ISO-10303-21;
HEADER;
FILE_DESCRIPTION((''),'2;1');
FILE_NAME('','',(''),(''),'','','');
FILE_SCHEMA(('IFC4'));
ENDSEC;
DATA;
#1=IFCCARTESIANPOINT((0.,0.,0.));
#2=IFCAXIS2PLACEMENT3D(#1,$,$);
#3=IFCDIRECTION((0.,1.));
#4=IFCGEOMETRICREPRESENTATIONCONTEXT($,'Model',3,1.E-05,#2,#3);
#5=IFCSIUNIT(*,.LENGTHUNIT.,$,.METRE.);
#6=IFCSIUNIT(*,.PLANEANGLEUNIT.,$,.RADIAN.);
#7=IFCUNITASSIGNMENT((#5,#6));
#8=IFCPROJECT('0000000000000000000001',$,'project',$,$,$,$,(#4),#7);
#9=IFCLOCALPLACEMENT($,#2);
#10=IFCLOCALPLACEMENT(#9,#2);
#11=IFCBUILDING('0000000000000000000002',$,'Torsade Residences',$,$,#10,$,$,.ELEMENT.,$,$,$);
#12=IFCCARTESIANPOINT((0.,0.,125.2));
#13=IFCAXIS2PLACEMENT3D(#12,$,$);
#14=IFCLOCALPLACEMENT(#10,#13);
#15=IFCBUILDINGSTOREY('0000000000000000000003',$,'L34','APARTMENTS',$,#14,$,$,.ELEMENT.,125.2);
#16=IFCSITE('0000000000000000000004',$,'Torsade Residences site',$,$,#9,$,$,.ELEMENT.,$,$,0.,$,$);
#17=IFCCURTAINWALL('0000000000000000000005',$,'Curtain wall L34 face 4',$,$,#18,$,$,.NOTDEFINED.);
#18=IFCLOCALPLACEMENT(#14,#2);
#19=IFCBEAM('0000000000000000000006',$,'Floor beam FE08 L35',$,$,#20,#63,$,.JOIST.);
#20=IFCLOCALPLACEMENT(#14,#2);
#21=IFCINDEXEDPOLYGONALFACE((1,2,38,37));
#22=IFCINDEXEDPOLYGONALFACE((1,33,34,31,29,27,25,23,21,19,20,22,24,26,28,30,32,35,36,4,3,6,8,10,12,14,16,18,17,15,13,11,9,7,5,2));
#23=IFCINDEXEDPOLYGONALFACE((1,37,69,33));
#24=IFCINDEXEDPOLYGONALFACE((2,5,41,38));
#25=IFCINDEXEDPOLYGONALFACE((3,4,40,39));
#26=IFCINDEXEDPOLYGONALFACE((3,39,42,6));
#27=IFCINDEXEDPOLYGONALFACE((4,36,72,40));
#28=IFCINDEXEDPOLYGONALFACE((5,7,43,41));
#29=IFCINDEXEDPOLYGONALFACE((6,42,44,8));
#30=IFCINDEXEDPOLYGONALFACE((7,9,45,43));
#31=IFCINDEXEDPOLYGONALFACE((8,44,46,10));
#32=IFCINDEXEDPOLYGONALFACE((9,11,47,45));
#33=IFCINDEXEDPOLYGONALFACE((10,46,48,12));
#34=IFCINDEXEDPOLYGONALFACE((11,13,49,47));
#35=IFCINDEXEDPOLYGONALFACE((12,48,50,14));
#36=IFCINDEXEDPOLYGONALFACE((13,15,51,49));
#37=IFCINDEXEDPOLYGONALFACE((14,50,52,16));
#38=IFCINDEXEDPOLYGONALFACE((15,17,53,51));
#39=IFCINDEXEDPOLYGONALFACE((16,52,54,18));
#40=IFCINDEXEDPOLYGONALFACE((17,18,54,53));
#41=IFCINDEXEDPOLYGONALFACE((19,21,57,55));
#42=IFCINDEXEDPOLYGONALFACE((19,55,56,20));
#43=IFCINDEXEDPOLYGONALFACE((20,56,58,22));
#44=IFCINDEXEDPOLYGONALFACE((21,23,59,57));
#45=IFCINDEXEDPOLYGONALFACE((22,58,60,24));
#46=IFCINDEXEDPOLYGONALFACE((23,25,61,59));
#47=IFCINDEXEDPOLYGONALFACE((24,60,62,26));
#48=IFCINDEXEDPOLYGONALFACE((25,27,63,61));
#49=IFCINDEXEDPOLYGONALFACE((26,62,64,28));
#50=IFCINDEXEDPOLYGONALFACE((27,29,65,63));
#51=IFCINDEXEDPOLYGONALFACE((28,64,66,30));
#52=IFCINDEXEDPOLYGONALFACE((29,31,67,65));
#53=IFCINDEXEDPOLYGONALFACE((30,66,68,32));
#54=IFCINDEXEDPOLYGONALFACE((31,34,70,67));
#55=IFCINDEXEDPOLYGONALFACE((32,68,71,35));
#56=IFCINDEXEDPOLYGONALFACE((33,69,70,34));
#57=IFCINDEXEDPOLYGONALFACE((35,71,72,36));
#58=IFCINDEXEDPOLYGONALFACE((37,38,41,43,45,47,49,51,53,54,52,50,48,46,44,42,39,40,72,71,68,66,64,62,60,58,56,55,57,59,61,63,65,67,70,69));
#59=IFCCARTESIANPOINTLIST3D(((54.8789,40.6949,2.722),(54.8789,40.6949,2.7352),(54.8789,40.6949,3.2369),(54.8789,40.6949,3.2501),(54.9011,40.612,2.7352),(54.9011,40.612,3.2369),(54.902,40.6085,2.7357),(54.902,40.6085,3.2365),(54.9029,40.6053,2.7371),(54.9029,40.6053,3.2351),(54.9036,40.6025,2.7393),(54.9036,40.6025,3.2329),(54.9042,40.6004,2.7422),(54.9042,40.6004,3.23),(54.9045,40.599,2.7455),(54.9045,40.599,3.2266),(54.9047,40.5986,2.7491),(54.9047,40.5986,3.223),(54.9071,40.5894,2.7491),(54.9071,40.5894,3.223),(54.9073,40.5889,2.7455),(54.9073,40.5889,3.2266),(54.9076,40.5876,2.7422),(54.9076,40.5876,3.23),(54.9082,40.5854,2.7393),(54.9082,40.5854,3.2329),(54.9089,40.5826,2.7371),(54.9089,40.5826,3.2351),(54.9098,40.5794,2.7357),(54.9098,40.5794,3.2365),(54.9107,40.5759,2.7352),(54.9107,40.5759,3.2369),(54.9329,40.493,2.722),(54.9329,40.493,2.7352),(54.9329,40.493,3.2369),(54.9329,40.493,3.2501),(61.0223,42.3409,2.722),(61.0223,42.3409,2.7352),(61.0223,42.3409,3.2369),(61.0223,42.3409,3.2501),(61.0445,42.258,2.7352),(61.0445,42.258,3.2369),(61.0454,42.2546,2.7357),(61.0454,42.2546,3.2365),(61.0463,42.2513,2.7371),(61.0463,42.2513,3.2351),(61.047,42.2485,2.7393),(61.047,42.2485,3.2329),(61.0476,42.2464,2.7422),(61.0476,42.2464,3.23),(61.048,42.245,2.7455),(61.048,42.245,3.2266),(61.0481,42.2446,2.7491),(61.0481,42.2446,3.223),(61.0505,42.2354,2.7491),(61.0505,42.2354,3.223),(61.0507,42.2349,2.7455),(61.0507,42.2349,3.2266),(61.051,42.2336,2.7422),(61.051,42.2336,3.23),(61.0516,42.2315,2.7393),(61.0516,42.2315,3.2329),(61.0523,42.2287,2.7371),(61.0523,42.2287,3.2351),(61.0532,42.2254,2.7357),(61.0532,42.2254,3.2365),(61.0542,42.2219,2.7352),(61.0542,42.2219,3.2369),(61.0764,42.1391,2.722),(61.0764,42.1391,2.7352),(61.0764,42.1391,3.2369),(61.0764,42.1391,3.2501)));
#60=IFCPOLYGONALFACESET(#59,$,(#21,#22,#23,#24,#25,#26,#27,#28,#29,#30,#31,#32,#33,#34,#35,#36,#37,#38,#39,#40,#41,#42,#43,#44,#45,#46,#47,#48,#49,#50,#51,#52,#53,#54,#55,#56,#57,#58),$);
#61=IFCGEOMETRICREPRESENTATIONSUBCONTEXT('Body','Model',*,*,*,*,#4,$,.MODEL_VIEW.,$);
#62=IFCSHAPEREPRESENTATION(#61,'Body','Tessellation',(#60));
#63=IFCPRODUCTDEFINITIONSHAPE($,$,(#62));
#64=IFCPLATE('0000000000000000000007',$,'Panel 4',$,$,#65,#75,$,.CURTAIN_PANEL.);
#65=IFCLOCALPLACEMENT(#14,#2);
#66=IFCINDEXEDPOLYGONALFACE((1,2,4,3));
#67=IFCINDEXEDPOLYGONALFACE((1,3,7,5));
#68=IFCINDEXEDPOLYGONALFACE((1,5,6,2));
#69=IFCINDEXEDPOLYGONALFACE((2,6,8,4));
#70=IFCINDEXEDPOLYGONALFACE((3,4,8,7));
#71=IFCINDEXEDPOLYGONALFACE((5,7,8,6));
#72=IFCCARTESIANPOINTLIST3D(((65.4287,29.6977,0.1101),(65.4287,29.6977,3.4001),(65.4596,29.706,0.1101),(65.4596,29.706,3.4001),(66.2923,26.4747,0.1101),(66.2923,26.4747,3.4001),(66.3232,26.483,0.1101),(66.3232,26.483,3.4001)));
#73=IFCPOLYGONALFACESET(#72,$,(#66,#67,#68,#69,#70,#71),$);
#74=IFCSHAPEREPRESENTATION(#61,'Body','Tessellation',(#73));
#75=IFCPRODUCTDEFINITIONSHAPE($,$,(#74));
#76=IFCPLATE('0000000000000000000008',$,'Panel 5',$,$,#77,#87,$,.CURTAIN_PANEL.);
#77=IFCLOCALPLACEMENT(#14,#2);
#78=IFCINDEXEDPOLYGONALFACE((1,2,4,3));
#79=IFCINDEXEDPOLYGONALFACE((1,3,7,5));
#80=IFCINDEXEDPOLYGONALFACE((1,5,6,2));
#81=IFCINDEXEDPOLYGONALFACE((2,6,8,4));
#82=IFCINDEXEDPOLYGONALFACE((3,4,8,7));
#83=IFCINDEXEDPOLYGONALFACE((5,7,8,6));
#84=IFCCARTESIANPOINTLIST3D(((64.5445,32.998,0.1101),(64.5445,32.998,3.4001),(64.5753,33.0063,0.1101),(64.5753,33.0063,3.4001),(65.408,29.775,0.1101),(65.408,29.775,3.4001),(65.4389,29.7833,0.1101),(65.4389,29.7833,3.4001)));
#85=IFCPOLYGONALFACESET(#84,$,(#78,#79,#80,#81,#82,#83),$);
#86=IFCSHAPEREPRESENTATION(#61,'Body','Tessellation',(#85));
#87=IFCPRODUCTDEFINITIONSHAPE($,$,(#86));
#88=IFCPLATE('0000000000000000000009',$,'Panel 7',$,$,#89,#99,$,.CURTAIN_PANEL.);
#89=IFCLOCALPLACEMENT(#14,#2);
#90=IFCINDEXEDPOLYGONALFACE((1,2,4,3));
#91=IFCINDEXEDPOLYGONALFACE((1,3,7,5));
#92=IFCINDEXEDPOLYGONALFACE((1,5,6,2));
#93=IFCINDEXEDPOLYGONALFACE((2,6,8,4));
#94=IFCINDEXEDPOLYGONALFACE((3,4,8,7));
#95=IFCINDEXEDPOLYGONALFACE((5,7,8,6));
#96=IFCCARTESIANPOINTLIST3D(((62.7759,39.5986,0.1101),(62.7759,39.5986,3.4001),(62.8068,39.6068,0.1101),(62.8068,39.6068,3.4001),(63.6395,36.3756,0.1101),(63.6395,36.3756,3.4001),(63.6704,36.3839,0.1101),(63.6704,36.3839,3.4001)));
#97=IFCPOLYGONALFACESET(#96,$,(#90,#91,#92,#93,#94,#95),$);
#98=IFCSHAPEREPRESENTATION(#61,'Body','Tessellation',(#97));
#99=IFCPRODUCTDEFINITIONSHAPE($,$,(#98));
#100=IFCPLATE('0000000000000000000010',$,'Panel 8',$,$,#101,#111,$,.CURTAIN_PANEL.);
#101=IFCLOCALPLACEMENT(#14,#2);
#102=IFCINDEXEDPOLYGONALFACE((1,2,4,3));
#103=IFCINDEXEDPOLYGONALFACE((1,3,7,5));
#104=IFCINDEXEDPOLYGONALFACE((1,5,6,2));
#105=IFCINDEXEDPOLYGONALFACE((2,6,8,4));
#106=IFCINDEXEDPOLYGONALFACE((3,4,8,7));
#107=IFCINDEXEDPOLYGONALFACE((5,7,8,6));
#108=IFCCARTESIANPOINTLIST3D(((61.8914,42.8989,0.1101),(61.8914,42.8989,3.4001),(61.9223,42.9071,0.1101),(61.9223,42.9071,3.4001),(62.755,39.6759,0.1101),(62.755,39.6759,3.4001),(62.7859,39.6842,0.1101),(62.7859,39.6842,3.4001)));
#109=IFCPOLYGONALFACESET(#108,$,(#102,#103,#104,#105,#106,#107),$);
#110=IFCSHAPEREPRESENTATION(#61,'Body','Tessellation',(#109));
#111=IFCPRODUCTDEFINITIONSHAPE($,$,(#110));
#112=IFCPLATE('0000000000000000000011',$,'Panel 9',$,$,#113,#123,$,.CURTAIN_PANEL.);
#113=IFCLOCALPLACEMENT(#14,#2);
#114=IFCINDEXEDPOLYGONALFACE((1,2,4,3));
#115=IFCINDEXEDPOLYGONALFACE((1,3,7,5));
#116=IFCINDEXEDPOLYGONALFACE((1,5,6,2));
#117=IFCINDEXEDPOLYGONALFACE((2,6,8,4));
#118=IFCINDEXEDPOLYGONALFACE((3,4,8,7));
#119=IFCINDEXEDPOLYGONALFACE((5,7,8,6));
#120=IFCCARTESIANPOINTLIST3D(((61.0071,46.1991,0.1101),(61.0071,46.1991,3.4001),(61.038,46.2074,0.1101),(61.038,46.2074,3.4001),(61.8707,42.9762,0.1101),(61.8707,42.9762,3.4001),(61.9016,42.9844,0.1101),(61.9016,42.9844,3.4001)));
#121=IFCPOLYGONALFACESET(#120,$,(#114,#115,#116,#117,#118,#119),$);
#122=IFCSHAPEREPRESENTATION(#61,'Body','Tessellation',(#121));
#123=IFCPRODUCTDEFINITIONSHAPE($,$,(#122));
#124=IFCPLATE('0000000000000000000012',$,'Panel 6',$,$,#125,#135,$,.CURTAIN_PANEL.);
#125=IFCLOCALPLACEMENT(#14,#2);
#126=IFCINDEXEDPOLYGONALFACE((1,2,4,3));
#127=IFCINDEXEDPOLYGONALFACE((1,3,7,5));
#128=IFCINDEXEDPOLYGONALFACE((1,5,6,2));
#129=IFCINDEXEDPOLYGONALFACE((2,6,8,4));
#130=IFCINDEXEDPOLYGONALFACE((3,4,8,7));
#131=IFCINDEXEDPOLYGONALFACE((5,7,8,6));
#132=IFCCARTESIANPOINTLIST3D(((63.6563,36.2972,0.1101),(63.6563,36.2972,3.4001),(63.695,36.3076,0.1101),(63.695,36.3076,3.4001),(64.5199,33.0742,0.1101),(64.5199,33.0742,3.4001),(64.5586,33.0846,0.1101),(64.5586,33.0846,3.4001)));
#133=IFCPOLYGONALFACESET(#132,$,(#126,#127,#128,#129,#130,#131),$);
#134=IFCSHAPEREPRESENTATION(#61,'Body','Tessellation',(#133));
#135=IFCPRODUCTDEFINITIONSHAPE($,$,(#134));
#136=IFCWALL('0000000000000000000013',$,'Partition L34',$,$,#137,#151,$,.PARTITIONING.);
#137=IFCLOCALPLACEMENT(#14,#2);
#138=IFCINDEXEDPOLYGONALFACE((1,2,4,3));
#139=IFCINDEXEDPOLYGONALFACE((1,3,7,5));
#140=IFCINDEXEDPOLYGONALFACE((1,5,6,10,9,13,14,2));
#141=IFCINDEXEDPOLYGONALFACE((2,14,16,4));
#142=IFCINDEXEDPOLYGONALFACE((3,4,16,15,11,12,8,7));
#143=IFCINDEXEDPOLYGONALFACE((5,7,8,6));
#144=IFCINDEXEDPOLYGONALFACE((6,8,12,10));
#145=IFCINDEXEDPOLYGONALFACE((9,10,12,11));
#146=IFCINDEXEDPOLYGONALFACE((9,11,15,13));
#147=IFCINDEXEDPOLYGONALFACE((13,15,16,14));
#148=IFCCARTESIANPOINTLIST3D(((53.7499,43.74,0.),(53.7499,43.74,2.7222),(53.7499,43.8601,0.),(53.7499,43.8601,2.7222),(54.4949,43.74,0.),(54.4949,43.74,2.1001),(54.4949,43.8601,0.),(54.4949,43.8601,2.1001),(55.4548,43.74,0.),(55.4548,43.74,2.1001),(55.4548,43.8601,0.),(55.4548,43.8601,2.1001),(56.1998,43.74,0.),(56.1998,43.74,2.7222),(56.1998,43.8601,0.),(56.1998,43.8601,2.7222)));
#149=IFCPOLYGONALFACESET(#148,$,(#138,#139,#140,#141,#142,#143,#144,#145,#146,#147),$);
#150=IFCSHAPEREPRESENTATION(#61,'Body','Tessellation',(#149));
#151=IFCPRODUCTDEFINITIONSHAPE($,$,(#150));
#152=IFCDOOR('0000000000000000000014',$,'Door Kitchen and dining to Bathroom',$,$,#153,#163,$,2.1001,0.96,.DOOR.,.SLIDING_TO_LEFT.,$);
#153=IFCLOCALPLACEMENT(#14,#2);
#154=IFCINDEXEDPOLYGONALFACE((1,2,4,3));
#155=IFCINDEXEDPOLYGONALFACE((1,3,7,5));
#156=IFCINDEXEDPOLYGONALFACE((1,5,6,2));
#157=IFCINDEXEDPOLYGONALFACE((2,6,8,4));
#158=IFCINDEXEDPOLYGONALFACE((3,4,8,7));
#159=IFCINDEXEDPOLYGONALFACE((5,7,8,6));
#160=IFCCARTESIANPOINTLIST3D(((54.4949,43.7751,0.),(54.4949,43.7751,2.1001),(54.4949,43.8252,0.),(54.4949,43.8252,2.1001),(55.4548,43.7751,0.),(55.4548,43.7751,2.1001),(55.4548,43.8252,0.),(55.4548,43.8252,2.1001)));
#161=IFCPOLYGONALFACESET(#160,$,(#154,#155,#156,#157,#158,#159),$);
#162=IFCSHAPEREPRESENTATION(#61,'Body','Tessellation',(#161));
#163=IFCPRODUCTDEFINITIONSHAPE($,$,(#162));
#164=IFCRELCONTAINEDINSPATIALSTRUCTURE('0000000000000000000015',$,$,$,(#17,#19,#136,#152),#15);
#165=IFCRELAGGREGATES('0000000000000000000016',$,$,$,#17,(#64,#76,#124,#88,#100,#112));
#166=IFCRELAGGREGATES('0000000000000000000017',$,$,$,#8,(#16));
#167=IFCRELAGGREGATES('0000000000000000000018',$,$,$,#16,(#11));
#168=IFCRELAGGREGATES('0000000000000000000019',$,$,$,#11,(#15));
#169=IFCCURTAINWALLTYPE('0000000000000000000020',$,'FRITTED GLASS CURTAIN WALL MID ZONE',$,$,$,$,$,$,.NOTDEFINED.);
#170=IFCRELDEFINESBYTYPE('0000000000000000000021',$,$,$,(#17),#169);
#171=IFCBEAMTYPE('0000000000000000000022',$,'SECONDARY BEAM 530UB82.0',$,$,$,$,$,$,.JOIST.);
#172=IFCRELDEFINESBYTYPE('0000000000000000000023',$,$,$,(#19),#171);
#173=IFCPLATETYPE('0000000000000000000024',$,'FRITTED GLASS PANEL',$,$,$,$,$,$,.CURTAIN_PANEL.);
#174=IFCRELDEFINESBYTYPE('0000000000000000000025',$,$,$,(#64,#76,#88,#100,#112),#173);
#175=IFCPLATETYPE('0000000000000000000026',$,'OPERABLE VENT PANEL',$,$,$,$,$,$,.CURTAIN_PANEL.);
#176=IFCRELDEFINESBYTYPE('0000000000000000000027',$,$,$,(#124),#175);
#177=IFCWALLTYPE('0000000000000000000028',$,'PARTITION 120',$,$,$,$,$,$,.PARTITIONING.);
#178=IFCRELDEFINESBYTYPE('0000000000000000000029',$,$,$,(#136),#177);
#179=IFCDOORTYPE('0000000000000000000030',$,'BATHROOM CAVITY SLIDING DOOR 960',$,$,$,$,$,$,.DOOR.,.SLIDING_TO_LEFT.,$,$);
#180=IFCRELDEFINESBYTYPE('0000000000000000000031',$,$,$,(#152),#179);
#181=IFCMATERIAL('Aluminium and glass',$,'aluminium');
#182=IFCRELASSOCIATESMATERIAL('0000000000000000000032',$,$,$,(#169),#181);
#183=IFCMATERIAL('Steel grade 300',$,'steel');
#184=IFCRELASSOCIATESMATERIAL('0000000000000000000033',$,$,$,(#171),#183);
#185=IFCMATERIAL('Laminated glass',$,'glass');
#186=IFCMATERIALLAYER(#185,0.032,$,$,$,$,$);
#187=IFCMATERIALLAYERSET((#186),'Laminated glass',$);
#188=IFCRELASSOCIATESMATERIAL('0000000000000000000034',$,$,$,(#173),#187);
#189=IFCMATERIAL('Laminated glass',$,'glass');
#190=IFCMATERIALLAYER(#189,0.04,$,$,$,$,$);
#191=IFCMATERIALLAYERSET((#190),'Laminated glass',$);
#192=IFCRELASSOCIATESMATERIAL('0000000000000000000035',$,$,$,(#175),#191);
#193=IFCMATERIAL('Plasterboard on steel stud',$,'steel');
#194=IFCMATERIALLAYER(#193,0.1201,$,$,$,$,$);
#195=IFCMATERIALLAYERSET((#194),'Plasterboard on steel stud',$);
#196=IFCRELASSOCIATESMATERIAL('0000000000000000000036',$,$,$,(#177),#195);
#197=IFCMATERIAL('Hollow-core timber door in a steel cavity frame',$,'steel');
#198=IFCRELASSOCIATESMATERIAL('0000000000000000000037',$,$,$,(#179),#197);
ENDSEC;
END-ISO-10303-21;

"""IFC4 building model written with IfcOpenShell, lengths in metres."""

from ifc_helpers import new_model, si_unit, direction, frame, frame_2d, origin, origin_2d, place, context, subcontext, project, spatial, rectangle, i_section, extrude, material, layer, layer_set, material_profile, profile_set, type_object, element, fill, aggregate, save


model = new_model("IFC4")

# Units and contexts
model_context = context("Model", 3, precision=1e-05, world=origin(), true_north=direction((0.0, 1.0)))
body_context = subcontext(model_context, "Body", "Model", "MODEL_VIEW")
ifc_project = project(units=[si_unit("LENGTHUNIT", "METRE"), si_unit("PLANEANGLEUNIT", "RADIAN")], contexts=[model_context])

# Site, building, storey
site_placement = place(None, origin())
site = spatial("IfcSite", under=ifc_project, at=site_placement, Name="Torsade Residences site", CompositionType="ELEMENT", RefElevation=0.0)
building_placement = place(site_placement, origin())
building = spatial("IfcBuilding", under=site, at=building_placement, Name="Torsade Residences", CompositionType="ELEMENT")
storey_placement = place(building_placement, frame((0.0, 0.0, 125.2)))
storey = spatial("IfcBuildingStorey", under=building, at=storey_placement, Name="L34", Description="APARTMENTS", CompositionType="ELEMENT", Elevation=125.2)

# Curtain wall
ifc_material_1 = material(Name="Aluminium and glass", Category="aluminium")
curtain_wall_type = type_object("IfcCurtainWallType", Name="FRITTED GLASS CURTAIN WALL MID ZONE", PredefinedType="NOTDEFINED", material=ifc_material_1)
curtain_wall_placement = place(storey_placement, origin())
curtain_wall = element("IfcCurtainWall", 1, at=curtain_wall_placement, inside=storey, type_object=curtain_wall_type, Name="Curtain wall L34 face 4", PredefinedType="NOTDEFINED")

# Beam
ifc_material_2 = material(Name="Steel grade 300", Category="steel")
ifc_material_profile_1 = material_profile(ifc_material_2, i_section(OverallWidth=0.209, OverallDepth=0.5281, WebThickness=0.0095, FlangeThickness=0.0132, FilletRadius=0.0139, at=origin_2d()), Name="530UB82.0")
ifc_profile_set_1 = profile_set([ifc_material_profile_1], Name="Steel grade 300")
beam_type_1 = type_object("IfcBeamType", Name="SECONDARY BEAM 530UB82.0", PredefinedType="JOIST", material=ifc_profile_set_1)
beam_1_placement = place(storey_placement, frame((61.0493, 42.24, 2.9861), z_axis=(-0.96593, -0.258805, 0.0), x_axis=(0.258805, -0.96593, 0.0)))
element("IfcBeam", 2, at=beam_1_placement, inside=storey, type_object=beam_type_1, Name="Floor beam FE08 L35", PredefinedType="JOIST", context=body_context, shape_type="SweptSolid", body=[
    extrude(i_section(OverallWidth=0.209, OverallDepth=0.5281, WebThickness=0.0095, FlangeThickness=0.0132, FilletRadius=0.0139, at=origin_2d()), origin(), (0.0, 0.0, 1.0), 6.3601),
])

# Plates
ifc_material_3 = material(Name="Laminated glass", Category="glass")
ifc_layer_1 = layer(ifc_material_3, 0.032)
ifc_layer_set_1 = layer_set([ifc_layer_1], Name="Laminated glass")
plate_type_1 = type_object("IfcPlateType", Name="FRITTED GLASS PANEL", PredefinedType="CURTAIN_PANEL", material=ifc_layer_set_1)
plate_1_placement = place(storey_placement, frame((65.876, 28.0903, 0.1101), z_axis=(0.0, 0.0, 1.0), x_axis=(-0.258819, 0.965926, 0.0)))
plate_1 = element("IfcPlate", 3, at=plate_1_placement, type_object=plate_type_1, Name="Panel 4", PredefinedType="CURTAIN_PANEL", context=body_context, shape_type="SweptSolid", body=[
    extrude(rectangle(XDim=3.3367, YDim=0.032, at=origin_2d()), origin(), (0.0, 0.0, 1.0), 3.29),
])
plate_2_placement = place(storey_placement, frame((64.9917, 31.3906, 0.1101), z_axis=(0.0, 0.0, 1.0), x_axis=(-0.258819, 0.965926, 0.0)))
plate_2 = element("IfcPlate", 4, at=plate_2_placement, type_object=plate_type_1, Name="Panel 5", PredefinedType="CURTAIN_PANEL", context=body_context, shape_type="SweptSolid", body=[
    extrude(rectangle(XDim=3.3367, YDim=0.032, at=origin_2d()), origin(), (0.0, 0.0, 1.0), 3.29),
])
plate_3_placement = place(storey_placement, frame((63.2231, 37.9912, 0.1101), z_axis=(0.0, 0.0, 1.0), x_axis=(-0.258819, 0.965926, 0.0)))
plate_3 = element("IfcPlate", 5, at=plate_3_placement, type_object=plate_type_1, Name="Panel 7", PredefinedType="CURTAIN_PANEL", context=body_context, shape_type="SweptSolid", body=[
    extrude(rectangle(XDim=3.3367, YDim=0.032, at=origin_2d()), origin(), (0.0, 0.0, 1.0), 3.29),
])
plate_4_placement = place(storey_placement, frame((62.3386, 41.2915, 0.1101), z_axis=(0.0, 0.0, 1.0), x_axis=(-0.258819, 0.965926, 0.0)))
plate_4 = element("IfcPlate", 6, at=plate_4_placement, type_object=plate_type_1, Name="Panel 8", PredefinedType="CURTAIN_PANEL", context=body_context, shape_type="SweptSolid", body=[
    extrude(rectangle(XDim=3.3367, YDim=0.032, at=origin_2d()), origin(), (0.0, 0.0, 1.0), 3.29),
])
plate_5_placement = place(storey_placement, frame((61.4543, 44.5918, 0.1101), z_axis=(0.0, 0.0, 1.0), x_axis=(-0.258819, 0.965926, 0.0)))
plate_5 = element("IfcPlate", 7, at=plate_5_placement, type_object=plate_type_1, Name="Panel 9", PredefinedType="CURTAIN_PANEL", context=body_context, shape_type="SweptSolid", body=[
    extrude(rectangle(XDim=3.3367, YDim=0.032, at=origin_2d()), origin(), (0.0, 0.0, 1.0), 3.29),
])
ifc_material_4 = material(Name="Laminated glass", Category="glass")
ifc_layer_2 = layer(ifc_material_4, 0.04)
ifc_layer_set_2 = layer_set([ifc_layer_2], Name="Laminated glass")
plate_type_2 = type_object("IfcPlateType", Name="OPERABLE VENT PANEL", PredefinedType="CURTAIN_PANEL", material=ifc_layer_set_2)
plate_6_placement = place(storey_placement, frame((64.1074, 34.6909, 0.1101), z_axis=(0.0, 0.0, 1.0), x_axis=(-0.258819, 0.965926, 0.0)))
plate_6 = element("IfcPlate", 8, at=plate_6_placement, type_object=plate_type_2, Name="Panel 6", PredefinedType="CURTAIN_PANEL", context=body_context, shape_type="SweptSolid", body=[
    extrude(rectangle(XDim=3.3367, YDim=0.04, at=origin_2d()), origin(), (0.0, 0.0, 1.0), 3.29),
])
aggregate(curtain_wall, [plate_1, plate_2, plate_6, plate_3, plate_4, plate_5])

# Wall, opening, door
ifc_material_5 = material(Name="Plasterboard on steel stud", Category="steel")
ifc_layer_3 = layer(ifc_material_5, 0.1201)
ifc_layer_set_3 = layer_set([ifc_layer_3], Name="Plasterboard on steel stud")
wall_type_1 = type_object("IfcWallType", Name="PARTITION 120", PredefinedType="PARTITIONING", material=ifc_layer_set_3)
wall_1_placement = place(storey_placement, frame((56.2, 43.8, 0.0), z_axis=(0.0, 0.0, 1.0), x_axis=(-1.0, 0.0, 0.0)))
wall_1 = element("IfcWall", 9, at=wall_1_placement, inside=storey, type_object=wall_type_1, Name="Partition L34", PredefinedType="PARTITIONING", context=body_context, shape_type="SweptSolid", body=[
    extrude(rectangle(XDim=2.45, YDim=0.1201, at=frame_2d((1.2251, 0.0))), origin(), (0.0, 0.0, 1.0), 2.7222),
])
opening_1_placement = place(wall_1_placement, frame((0.7451, 0.0, 0.0)))
opening_1 = element("IfcOpeningElement", 10, at=opening_1_placement, cuts=wall_1, PredefinedType="OPENING", context=body_context, shape_type="SweptSolid", body=[
    extrude(rectangle(XDim=0.96, YDim=2.1001, at=frame_2d((0.48, 1.05))), frame((0.0, 0.0701, 0.0), z_axis=(0.0, -1.0, 0.0), x_axis=(1.0, 0.0, 0.0)), (0.0, 0.0, 1.0), 0.1401),
])
ifc_material_6 = material(Name="Hollow-core timber door in a steel cavity frame", Category="steel")
door_type_1 = type_object("IfcDoorType", Name="BATHROOM CAVITY SLIDING DOOR 960", OperationType="SLIDING_TO_LEFT", PredefinedType="DOOR", material=ifc_material_6)
door_1_placement = place(opening_1_placement, origin())
door_1 = element("IfcDoor", 11, at=door_1_placement, inside=storey, type_object=door_type_1, Name="Door Kitchen and dining to Bathroom", OperationType="SLIDING_TO_LEFT", OverallHeight=2.1001, OverallWidth=0.96, PredefinedType="DOOR", context=body_context, shape_type="SweptSolid", body=[
    extrude(rectangle(XDim=0.96, YDim=2.1001, at=frame_2d((0.48, 1.05))), frame((0.0, 0.0249, 0.0), z_axis=(0.0, -1.0, 0.0), x_axis=(1.0, 0.0, 0.0)), (0.0, 0.0, 1.0), 0.05),
])
fill(opening_1, door_1)

save(model, "model.ifc")
